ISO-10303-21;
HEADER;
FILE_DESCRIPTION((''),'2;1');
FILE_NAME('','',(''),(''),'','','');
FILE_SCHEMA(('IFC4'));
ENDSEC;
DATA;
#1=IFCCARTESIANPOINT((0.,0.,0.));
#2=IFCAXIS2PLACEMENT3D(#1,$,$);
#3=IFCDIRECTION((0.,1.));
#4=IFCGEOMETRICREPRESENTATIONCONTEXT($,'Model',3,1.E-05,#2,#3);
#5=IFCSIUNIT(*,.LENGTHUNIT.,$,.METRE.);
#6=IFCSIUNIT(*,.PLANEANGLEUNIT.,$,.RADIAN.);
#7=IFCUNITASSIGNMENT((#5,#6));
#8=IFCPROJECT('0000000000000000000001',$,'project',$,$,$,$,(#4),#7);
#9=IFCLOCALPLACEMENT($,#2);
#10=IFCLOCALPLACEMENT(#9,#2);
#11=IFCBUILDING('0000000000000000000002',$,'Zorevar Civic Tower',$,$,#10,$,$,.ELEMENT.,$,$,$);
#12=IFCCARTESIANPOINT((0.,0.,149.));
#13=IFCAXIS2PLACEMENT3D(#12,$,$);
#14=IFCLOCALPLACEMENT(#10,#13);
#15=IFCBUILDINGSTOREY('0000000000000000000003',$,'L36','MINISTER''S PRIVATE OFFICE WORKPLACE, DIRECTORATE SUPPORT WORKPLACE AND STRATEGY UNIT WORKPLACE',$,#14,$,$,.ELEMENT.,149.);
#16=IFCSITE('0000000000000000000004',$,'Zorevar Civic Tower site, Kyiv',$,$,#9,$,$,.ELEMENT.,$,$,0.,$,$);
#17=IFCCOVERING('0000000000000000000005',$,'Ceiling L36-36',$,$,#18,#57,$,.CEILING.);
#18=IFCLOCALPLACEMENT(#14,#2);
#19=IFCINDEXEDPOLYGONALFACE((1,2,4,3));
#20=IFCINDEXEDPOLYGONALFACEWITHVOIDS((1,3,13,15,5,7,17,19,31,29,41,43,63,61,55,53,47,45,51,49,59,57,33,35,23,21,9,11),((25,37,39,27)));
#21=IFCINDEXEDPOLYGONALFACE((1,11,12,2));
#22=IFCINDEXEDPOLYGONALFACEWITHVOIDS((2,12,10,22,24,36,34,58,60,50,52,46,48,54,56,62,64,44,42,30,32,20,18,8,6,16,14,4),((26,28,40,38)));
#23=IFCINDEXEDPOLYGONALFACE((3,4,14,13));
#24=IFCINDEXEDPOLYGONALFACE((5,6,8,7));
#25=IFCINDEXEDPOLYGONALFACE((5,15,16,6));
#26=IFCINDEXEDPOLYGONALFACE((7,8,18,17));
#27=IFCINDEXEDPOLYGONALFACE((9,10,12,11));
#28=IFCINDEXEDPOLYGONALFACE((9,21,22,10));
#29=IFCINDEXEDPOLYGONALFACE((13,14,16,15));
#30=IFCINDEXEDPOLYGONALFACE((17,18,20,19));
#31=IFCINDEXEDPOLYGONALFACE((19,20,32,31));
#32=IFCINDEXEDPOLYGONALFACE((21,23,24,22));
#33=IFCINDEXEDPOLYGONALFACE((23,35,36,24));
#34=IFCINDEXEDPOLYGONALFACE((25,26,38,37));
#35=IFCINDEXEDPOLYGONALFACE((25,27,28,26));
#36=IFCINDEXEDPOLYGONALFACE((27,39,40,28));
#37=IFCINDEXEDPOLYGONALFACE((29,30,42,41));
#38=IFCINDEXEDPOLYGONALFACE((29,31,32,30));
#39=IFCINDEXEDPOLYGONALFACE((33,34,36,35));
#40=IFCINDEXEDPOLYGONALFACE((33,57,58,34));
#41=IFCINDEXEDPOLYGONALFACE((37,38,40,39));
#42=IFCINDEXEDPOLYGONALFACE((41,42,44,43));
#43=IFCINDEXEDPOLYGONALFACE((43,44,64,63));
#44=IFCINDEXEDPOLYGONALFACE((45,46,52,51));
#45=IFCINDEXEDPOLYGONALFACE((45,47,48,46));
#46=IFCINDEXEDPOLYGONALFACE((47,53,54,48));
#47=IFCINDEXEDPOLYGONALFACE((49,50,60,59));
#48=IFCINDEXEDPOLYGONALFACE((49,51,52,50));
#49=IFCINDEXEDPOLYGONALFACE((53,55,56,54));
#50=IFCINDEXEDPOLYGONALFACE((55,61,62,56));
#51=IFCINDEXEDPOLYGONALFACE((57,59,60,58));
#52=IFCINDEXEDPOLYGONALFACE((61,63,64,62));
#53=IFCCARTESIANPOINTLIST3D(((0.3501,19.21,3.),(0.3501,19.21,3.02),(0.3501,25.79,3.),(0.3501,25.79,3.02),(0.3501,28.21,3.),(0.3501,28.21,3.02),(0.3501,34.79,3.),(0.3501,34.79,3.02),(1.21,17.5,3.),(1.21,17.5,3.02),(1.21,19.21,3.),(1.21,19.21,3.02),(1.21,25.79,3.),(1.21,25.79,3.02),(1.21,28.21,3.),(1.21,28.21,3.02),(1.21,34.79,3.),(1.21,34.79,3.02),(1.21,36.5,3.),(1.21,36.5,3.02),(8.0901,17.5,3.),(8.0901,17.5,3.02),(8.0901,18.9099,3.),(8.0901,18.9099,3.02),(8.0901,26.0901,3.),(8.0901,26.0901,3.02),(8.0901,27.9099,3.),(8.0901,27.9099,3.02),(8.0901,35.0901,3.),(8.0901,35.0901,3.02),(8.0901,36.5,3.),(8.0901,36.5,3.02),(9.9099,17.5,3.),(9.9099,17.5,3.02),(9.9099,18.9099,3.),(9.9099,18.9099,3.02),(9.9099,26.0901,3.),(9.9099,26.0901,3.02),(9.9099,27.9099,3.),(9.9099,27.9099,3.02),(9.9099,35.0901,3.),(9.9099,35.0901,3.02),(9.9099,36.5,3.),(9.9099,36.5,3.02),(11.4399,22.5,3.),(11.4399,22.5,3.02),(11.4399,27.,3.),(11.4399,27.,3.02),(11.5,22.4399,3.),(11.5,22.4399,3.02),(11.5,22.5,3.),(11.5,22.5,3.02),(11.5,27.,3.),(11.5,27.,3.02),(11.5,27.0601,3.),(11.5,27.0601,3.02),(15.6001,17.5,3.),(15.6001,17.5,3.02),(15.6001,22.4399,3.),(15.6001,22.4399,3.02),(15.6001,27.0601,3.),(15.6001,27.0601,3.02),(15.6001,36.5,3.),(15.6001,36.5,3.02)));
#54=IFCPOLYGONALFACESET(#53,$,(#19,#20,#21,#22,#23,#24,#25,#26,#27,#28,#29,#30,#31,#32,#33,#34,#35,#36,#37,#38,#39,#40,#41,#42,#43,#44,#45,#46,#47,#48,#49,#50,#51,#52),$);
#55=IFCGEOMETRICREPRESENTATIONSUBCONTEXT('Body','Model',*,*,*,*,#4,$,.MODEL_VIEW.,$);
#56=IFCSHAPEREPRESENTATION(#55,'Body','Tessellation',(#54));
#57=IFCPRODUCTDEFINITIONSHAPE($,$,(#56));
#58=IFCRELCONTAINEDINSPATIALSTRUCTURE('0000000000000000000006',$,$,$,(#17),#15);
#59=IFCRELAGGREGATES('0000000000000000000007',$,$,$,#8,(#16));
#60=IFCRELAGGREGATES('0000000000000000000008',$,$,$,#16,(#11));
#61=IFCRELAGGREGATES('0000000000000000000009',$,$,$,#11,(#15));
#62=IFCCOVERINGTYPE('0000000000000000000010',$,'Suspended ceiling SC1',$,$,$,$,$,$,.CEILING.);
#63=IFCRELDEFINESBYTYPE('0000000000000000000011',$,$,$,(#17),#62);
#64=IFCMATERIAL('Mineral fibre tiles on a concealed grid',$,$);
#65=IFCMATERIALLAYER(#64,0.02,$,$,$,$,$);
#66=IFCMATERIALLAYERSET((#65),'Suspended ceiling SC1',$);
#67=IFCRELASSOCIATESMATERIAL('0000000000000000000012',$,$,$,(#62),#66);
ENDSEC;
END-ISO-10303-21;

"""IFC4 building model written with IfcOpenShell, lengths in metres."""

from ifc_helpers import new_model, si_unit, direction, frame, origin, place, context, subcontext, project, spatial, polyline, outline, extrude, material, layer, layer_set, type_object, element, save


model = new_model("IFC4")

# Units and contexts
model_context = context("Model", 3, precision=1e-05, world=origin(), true_north=direction((0.0, 1.0)))
body_context = subcontext(model_context, "Body", "Model", "MODEL_VIEW")
ifc_project = project(units=[si_unit("LENGTHUNIT", "METRE"), si_unit("PLANEANGLEUNIT", "RADIAN")], contexts=[model_context])

# Site, building, storey
site_placement = place(None, origin())
site = spatial("IfcSite", under=ifc_project, at=site_placement, Name="Zorevar Civic Tower site, Kyiv", CompositionType="ELEMENT", RefElevation=0.0)
building_placement = place(site_placement, origin())
building = spatial("IfcBuilding", under=site, at=building_placement, Name="Zorevar Civic Tower", CompositionType="ELEMENT")
storey_placement = place(building_placement, frame((0.0, 0.0, 149.0)))
storey = spatial("IfcBuildingStorey", under=building, at=storey_placement, Name="L36", Description="MINISTER'S PRIVATE OFFICE WORKPLACE, DIRECTORATE SUPPORT WORKPLACE AND STRATEGY UNIT WORKPLACE", CompositionType="ELEMENT", Elevation=149.0)

# Covering
ifc_material_1 = material(Name="Mineral fibre tiles on a concealed grid")
ifc_layer_1 = layer(ifc_material_1, 0.02)
ifc_layer_set_1 = layer_set([ifc_layer_1], Name="Suspended ceiling SC1")
covering_type_1 = type_object("IfcCoveringType", Name="Suspended ceiling SC1", PredefinedType="CEILING", material=ifc_layer_set_1)
covering_1_placement = place(storey_placement, frame((0.0, 0.0, 3.0)))
element("IfcCovering", 1, at=covering_1_placement, inside=storey, type_object=covering_type_1, Name="Ceiling L36-36", PredefinedType="CEILING", context=body_context, shape_type="SweptSolid", body=[
    extrude(outline(polyline([(9.9099, 18.9099), (8.0901, 18.9099), (8.0901, 17.5), (1.21, 17.5), (1.21, 19.21), (0.3501, 19.21), (0.3501, 25.79), (1.21, 25.79), (1.21, 28.21), (0.3501, 28.21), (0.3501, 34.79), (1.21, 34.79), (1.21, 36.5), (8.0901, 36.5), (8.0901, 35.0901), (9.9099, 35.0901), (9.9099, 36.5), (15.6001, 36.5), (15.6001, 27.0601), (11.5, 27.0601), (11.5, 27.0), (11.4399, 27.0), (11.4399, 22.5), (11.5, 22.5), (11.5, 22.4399), (15.6001, 22.4399), (15.6001, 17.5), (9.9099, 17.5), (9.9099, 18.9099)]), holes=[polyline([(8.0901, 27.9099), (8.0901, 26.0901), (9.9099, 26.0901), (9.9099, 27.9099), (8.0901, 27.9099)])]), origin(), (0.0, 0.0, 1.0), 0.02),
])

save(model, "model.ifc")
